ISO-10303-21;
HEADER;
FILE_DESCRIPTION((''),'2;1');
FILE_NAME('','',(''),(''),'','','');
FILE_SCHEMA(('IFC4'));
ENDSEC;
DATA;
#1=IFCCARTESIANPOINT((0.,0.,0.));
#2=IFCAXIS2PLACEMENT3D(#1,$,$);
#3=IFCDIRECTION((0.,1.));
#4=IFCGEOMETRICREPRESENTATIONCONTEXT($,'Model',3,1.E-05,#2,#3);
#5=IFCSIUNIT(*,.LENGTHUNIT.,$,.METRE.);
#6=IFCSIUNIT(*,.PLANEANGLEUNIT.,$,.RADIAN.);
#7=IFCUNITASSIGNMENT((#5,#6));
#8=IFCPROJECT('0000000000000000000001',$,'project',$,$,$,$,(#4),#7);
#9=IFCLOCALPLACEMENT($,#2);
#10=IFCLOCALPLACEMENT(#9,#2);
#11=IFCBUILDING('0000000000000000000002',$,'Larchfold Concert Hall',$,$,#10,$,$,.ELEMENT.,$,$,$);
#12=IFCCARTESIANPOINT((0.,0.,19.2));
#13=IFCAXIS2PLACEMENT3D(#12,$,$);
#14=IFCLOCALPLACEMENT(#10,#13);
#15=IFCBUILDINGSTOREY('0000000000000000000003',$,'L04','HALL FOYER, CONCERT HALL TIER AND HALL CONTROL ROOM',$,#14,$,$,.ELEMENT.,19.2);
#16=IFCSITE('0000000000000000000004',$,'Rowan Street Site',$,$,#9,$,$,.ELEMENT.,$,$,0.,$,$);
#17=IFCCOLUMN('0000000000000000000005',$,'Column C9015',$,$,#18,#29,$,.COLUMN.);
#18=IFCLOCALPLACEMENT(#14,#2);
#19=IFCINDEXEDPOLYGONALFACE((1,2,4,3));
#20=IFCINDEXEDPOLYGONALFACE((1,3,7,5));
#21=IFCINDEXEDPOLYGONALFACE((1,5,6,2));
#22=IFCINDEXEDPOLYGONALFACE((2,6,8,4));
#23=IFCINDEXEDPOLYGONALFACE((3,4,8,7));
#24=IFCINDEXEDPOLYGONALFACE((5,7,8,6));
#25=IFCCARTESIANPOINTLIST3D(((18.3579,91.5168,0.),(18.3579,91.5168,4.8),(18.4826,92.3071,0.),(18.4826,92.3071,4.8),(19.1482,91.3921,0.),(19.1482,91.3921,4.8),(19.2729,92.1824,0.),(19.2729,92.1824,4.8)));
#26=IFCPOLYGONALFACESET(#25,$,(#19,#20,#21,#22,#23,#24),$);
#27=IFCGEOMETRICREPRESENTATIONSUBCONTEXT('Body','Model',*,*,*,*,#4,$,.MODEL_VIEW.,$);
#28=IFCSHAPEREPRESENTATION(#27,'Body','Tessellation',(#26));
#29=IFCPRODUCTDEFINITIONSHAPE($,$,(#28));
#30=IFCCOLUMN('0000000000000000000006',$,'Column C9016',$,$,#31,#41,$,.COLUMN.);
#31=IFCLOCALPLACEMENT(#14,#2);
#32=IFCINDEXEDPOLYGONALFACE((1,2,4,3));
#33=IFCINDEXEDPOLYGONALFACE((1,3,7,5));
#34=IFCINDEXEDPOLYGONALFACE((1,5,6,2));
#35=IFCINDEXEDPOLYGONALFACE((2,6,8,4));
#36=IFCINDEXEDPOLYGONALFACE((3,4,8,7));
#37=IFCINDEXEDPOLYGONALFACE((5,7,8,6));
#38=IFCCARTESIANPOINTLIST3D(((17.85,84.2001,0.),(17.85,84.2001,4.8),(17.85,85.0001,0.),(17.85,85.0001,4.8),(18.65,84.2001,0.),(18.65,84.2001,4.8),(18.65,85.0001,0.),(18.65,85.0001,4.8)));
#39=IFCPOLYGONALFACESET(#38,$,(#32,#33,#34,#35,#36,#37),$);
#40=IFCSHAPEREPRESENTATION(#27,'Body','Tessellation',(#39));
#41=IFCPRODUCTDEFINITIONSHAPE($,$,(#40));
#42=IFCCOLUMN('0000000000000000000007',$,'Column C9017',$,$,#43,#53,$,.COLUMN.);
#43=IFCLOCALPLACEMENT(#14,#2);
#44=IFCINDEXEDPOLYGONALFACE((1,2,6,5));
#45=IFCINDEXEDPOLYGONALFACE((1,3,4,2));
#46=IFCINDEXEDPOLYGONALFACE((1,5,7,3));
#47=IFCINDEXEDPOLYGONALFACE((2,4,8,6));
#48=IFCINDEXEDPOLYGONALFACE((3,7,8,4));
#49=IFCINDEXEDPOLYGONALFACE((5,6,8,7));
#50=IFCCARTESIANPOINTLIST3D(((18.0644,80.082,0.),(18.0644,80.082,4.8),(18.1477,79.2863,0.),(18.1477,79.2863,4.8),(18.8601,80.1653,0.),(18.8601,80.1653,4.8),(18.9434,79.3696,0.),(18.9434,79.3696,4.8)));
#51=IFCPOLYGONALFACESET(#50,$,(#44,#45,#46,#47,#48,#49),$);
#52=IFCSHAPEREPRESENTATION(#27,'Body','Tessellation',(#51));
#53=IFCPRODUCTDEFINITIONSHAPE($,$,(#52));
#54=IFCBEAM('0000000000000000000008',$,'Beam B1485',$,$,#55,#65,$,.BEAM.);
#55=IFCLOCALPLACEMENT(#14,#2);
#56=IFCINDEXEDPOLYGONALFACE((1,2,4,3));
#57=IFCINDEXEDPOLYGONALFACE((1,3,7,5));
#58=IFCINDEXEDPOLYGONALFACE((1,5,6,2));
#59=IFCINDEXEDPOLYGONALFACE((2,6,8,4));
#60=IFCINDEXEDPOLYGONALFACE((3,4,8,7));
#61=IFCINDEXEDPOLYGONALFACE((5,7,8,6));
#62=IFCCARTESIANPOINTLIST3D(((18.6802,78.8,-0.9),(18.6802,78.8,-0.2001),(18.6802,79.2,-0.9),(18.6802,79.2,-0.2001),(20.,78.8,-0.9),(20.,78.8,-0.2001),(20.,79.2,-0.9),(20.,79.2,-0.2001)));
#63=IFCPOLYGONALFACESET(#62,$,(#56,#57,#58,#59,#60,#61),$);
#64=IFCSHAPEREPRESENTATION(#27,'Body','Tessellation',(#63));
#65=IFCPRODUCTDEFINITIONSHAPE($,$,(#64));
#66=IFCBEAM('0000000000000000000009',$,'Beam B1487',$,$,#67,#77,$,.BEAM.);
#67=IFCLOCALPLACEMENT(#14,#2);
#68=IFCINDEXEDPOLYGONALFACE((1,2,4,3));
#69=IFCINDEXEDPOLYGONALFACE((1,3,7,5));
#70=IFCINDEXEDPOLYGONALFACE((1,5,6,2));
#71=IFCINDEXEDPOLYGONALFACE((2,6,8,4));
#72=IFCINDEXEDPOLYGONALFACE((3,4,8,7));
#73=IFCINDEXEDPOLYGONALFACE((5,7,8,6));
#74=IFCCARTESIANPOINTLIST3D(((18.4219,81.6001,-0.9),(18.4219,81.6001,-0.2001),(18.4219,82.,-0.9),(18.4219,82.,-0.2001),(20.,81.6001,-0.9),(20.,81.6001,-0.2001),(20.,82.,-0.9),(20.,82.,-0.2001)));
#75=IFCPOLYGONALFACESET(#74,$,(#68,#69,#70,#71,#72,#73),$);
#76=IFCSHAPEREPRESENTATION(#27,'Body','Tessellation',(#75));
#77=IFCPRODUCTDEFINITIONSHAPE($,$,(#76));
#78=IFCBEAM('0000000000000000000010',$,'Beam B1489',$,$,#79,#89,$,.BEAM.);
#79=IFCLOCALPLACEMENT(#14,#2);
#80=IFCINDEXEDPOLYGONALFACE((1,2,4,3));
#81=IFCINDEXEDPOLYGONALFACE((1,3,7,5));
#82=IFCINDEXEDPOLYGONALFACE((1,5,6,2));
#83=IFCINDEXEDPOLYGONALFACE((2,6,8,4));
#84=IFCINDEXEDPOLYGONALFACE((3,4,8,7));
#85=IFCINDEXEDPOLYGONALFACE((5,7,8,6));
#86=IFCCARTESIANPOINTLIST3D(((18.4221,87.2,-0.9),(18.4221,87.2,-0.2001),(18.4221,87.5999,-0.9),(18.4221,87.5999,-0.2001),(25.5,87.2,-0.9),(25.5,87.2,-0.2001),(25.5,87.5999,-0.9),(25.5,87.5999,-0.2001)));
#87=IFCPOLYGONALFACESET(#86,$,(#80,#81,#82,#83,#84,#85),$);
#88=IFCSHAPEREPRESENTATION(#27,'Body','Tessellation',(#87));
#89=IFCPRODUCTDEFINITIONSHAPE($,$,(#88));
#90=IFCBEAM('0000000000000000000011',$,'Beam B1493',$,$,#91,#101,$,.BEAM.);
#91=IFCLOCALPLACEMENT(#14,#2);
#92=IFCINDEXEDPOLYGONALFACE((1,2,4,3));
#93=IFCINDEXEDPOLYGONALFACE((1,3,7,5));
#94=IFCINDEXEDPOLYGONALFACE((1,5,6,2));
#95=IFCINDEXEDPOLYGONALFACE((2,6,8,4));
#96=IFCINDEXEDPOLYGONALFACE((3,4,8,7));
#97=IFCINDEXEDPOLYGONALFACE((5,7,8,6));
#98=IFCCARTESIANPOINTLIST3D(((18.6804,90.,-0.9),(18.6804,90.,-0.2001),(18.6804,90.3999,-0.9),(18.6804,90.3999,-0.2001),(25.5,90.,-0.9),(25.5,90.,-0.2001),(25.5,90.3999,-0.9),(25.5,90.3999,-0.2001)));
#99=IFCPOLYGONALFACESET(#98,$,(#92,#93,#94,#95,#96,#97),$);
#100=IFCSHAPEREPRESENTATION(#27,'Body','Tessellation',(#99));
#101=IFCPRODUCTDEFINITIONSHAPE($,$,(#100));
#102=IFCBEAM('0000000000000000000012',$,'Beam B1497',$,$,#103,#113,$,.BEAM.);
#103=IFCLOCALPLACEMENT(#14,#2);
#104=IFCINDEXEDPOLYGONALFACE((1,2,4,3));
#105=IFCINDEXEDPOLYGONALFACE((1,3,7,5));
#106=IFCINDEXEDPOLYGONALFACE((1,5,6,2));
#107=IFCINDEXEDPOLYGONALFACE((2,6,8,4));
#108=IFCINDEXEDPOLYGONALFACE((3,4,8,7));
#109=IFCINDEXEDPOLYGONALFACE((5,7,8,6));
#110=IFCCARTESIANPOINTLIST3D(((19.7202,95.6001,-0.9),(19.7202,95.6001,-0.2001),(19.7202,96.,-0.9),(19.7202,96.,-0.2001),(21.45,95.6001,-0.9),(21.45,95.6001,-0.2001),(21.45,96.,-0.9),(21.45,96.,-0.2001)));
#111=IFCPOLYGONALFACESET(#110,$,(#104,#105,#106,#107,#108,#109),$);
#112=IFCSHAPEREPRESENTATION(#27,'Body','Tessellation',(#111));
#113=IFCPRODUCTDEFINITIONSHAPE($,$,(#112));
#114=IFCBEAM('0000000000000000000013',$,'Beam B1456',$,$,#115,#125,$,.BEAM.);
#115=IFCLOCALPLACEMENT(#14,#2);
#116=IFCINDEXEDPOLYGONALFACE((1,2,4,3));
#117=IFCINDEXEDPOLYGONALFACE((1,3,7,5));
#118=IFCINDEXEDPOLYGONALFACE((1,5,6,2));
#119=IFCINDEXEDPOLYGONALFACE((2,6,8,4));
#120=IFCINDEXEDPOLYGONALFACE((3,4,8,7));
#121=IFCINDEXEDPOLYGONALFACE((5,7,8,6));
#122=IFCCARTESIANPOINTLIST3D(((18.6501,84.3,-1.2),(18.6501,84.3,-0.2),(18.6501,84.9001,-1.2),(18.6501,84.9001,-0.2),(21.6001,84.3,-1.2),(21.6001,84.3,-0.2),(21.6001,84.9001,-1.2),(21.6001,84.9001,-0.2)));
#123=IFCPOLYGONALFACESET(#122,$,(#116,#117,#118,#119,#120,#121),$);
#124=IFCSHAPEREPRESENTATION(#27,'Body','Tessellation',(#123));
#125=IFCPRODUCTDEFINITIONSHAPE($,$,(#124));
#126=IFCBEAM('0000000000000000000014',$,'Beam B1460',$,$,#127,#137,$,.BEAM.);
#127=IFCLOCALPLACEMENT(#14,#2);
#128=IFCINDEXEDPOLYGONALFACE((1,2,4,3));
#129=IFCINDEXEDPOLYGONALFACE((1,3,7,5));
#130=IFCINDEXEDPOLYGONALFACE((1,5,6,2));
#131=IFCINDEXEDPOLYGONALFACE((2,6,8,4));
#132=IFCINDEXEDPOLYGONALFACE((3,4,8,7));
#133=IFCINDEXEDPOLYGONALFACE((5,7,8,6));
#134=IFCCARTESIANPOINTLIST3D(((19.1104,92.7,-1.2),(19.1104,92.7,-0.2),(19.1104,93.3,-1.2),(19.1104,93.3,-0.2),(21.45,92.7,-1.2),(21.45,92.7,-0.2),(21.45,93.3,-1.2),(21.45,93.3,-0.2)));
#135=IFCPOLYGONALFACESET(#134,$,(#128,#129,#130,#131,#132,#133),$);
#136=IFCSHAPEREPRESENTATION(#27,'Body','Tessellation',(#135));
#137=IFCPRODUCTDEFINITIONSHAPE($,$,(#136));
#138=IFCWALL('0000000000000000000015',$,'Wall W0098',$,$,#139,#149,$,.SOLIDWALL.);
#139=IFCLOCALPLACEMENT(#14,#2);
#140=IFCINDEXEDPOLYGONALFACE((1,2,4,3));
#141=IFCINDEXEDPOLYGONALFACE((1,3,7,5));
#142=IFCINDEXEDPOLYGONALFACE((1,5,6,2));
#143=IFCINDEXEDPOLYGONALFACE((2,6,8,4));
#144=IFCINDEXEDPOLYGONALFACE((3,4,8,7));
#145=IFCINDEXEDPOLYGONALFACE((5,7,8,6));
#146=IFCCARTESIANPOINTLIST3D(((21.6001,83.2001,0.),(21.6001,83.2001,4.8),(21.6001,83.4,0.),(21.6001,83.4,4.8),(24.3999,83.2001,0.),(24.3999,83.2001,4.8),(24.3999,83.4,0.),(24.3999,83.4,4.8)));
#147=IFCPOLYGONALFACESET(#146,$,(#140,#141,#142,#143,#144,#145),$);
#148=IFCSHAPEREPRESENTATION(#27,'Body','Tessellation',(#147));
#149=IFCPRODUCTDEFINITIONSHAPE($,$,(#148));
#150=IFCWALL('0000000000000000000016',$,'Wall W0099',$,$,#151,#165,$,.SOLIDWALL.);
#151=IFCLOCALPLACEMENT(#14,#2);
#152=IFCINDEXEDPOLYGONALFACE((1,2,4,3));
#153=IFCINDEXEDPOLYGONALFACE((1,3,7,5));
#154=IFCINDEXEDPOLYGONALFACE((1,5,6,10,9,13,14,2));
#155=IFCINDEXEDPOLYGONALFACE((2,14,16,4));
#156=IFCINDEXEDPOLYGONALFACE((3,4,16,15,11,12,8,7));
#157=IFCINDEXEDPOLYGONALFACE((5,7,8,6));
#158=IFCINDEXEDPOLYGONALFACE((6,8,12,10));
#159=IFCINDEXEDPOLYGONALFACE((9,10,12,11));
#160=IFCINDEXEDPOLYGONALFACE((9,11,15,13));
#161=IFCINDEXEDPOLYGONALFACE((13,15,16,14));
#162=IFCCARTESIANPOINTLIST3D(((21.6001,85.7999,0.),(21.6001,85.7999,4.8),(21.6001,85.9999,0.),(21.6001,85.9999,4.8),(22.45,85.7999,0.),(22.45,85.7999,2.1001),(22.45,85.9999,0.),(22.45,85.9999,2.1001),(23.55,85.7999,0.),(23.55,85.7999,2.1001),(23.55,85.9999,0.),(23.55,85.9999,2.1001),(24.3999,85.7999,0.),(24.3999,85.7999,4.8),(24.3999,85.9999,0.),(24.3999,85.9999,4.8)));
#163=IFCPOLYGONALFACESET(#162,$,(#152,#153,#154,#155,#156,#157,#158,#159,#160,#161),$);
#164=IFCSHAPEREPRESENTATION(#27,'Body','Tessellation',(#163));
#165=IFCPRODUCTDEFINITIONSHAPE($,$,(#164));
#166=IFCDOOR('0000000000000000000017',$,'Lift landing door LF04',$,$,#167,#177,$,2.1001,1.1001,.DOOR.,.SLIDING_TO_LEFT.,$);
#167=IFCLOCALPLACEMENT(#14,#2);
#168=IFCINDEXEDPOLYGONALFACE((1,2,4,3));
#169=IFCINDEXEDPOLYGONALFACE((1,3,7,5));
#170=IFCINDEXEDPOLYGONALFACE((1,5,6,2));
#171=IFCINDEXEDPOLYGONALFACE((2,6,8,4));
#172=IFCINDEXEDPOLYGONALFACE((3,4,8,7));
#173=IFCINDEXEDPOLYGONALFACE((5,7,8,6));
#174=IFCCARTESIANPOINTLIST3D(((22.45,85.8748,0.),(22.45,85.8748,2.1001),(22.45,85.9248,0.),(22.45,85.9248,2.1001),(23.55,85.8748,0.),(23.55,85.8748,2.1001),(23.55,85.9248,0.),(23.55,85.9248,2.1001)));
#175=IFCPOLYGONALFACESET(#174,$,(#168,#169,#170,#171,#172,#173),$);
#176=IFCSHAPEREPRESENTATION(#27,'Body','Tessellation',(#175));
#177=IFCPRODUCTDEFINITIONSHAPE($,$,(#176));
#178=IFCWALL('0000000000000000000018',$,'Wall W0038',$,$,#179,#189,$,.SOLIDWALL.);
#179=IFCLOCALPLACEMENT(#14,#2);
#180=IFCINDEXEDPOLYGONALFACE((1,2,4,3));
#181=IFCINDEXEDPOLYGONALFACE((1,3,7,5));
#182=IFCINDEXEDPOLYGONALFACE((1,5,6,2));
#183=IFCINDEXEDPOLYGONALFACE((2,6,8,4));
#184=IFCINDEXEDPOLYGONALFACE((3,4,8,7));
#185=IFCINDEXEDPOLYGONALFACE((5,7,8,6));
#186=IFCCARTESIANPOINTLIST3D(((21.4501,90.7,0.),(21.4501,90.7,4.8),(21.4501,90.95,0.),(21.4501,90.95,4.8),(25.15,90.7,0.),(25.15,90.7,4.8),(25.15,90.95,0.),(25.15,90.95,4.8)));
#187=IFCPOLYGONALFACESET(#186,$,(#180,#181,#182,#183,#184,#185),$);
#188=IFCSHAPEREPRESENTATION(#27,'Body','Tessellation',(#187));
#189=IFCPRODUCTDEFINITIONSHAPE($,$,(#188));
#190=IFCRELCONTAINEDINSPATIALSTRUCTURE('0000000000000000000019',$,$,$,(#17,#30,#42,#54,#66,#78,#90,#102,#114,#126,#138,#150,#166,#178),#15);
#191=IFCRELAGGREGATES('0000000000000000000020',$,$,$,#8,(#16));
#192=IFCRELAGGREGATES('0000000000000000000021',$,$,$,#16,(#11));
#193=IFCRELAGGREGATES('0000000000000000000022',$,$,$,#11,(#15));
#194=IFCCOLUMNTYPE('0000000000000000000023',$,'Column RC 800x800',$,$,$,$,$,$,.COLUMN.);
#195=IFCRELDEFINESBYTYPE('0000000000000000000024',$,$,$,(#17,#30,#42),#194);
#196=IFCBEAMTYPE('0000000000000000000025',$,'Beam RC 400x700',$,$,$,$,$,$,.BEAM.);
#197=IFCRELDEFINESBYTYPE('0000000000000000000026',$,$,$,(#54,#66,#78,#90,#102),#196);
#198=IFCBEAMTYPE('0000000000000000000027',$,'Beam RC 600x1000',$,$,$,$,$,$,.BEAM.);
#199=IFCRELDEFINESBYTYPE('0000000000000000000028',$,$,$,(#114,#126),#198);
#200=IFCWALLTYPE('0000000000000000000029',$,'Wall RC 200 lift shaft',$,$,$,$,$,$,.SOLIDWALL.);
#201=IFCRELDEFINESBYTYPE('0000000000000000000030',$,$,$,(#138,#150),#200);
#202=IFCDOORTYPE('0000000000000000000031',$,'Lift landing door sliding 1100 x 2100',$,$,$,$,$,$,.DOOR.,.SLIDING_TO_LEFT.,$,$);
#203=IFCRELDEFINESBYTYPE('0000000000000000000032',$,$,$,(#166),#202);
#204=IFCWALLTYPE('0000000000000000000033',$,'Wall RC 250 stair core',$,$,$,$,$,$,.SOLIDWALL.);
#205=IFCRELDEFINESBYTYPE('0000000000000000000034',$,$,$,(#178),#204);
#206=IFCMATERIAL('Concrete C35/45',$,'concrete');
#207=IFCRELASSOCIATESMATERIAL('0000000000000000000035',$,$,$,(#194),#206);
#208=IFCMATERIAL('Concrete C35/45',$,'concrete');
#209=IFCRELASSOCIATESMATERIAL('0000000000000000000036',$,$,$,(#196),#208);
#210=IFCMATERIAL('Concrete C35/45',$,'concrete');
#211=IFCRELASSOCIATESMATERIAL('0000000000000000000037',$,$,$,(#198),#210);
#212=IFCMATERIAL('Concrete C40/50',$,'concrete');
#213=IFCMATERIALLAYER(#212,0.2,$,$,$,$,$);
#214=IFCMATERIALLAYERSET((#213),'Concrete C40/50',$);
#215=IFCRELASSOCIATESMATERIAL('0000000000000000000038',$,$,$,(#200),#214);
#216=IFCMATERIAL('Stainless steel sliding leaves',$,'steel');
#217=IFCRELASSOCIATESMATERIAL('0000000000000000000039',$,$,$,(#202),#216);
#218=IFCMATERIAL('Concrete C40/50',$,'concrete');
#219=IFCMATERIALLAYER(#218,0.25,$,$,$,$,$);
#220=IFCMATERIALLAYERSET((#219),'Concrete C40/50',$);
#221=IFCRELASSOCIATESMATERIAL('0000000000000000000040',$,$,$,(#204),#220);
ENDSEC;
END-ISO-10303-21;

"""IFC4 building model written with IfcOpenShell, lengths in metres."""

from ifc_helpers import new_model, si_unit, direction, frame, frame_2d, origin, origin_2d, place, context, subcontext, project, spatial, rectangle, extrude, material, layer, layer_set, material_profile, profile_set, type_object, element, fill, save


model = new_model("IFC4")

# Units and contexts
model_context = context("Model", 3, precision=1e-05, world=origin(), true_north=direction((0.0, 1.0)))
body_context = subcontext(model_context, "Body", "Model", "MODEL_VIEW")
ifc_project = project(units=[si_unit("LENGTHUNIT", "METRE"), si_unit("PLANEANGLEUNIT", "RADIAN")], contexts=[model_context])

# Site, building, storey
site_placement = place(None, origin())
site = spatial("IfcSite", under=ifc_project, at=site_placement, Name="Rowan Street Site", CompositionType="ELEMENT", RefElevation=0.0)
building_placement = place(site_placement, origin())
building = spatial("IfcBuilding", under=site, at=building_placement, Name="Larchfold Concert Hall", CompositionType="ELEMENT")
storey_placement = place(building_placement, frame((0.0, 0.0, 19.2)))
storey = spatial("IfcBuildingStorey", under=building, at=storey_placement, Name="L04", Description="HALL FOYER, CONCERT HALL TIER AND HALL CONTROL ROOM", CompositionType="ELEMENT", Elevation=19.2)

# Columns
ifc_material_1 = material(Name="Concrete C35/45", Category="concrete")
ifc_material_profile_1 = material_profile(ifc_material_1, rectangle(XDim=0.8, YDim=0.8, at=origin_2d()))
ifc_profile_set_1 = profile_set([ifc_material_profile_1], Name="Concrete C35/45")
column_type = type_object("IfcColumnType", Name="Column RC 800x800", PredefinedType="COLUMN", material=ifc_profile_set_1)
for number, where, z_axis, x_axis, name in (
    (1, (18.8154, 91.8496, 0.0), (0.0, 0.0, 1.0), (0.155868, 0.987778, 0.0), "Column C9015"),
    (2, (18.25, 84.6001, 0.0), (0.0, 0.0, 1.0), (0.000002, 1.0, 0.0), "Column C9016"),
    (3, (18.5039, 79.7258, 0.0), (0.0, 0.0, 1.0), (0.994561, 0.104152, 0.0), "Column C9017"),
):
    element("IfcColumn", number, at=place(storey_placement, frame(where, z_axis=z_axis, x_axis=x_axis)), inside=storey, type_object=column_type, Name=name, PredefinedType="COLUMN", context=body_context, shape_type="SweptSolid", body=[
        extrude(rectangle(XDim=0.8, YDim=0.8, at=origin_2d()), origin(), (0.0, 0.0, 1.0), 4.8),
    ])

# Beams
ifc_material_2 = material(Name="Concrete C35/45", Category="concrete")
ifc_material_profile_2 = material_profile(ifc_material_2, rectangle(XDim=0.3999, YDim=0.7, at=origin_2d()))
ifc_profile_set_2 = profile_set([ifc_material_profile_2], Name="Concrete C35/45")
beam_type_1 = type_object("IfcBeamType", Name="Beam RC 400x700", PredefinedType="BEAM", material=ifc_profile_set_2)
beam_1_placement = place(storey_placement, frame((18.6802, 79.0, -0.55), z_axis=(1.0, 0.0, 0.0), x_axis=(0.0, 1.0, 0.0)))
element("IfcBeam", 4, at=beam_1_placement, inside=storey, type_object=beam_type_1, Name="Beam B1485", PredefinedType="BEAM", context=body_context, shape_type="SweptSolid", body=[
    extrude(rectangle(XDim=0.3999, YDim=0.7, at=origin_2d()), origin(), (0.0, 0.0, 1.0), 1.3198),
])
beam_2_placement = place(storey_placement, frame((18.4219, 81.8, -0.55), z_axis=(1.0, 0.0, 0.0), x_axis=(0.0, 1.0, 0.0)))
element("IfcBeam", 5, at=beam_2_placement, inside=storey, type_object=beam_type_1, Name="Beam B1487", PredefinedType="BEAM", context=body_context, shape_type="SweptSolid", body=[
    extrude(rectangle(XDim=0.3999, YDim=0.7, at=origin_2d()), origin(), (0.0, 0.0, 1.0), 1.5781),
])
beam_3_placement = place(storey_placement, frame((18.4221, 87.3999, -0.55), z_axis=(1.0, 0.0, 0.0), x_axis=(0.0, 1.0, 0.0)))
element("IfcBeam", 6, at=beam_3_placement, inside=storey, type_object=beam_type_1, Name="Beam B1489", PredefinedType="BEAM", context=body_context, shape_type="SweptSolid", body=[
    extrude(rectangle(XDim=0.3999, YDim=0.7, at=origin_2d()), origin(), (0.0, 0.0, 1.0), 7.0779),
])
beam_4_placement = place(storey_placement, frame((18.6804, 90.2, -0.55), z_axis=(1.0, 0.0, 0.0), x_axis=(0.0, 1.0, 0.0)))
element("IfcBeam", 7, at=beam_4_placement, inside=storey, type_object=beam_type_1, Name="Beam B1493", PredefinedType="BEAM", context=body_context, shape_type="SweptSolid", body=[
    extrude(rectangle(XDim=0.3999, YDim=0.7, at=origin_2d()), origin(), (0.0, 0.0, 1.0), 6.8196),
])
beam_5_placement = place(storey_placement, frame((19.7202, 95.8, -0.55), z_axis=(1.0, 0.0, 0.0), x_axis=(0.0, 1.0, 0.0)))
element("IfcBeam", 8, at=beam_5_placement, inside=storey, type_object=beam_type_1, Name="Beam B1497", PredefinedType="BEAM", context=body_context, shape_type="SweptSolid", body=[
    extrude(rectangle(XDim=0.3999, YDim=0.7, at=origin_2d()), origin(), (0.0, 0.0, 1.0), 1.7297),
])
ifc_material_3 = material(Name="Concrete C35/45", Category="concrete")
ifc_material_profile_3 = material_profile(ifc_material_3, rectangle(XDim=0.6001, YDim=1.0, at=origin_2d()))
ifc_profile_set_3 = profile_set([ifc_material_profile_3], Name="Concrete C35/45")
beam_type_2 = type_object("IfcBeamType", Name="Beam RC 600x1000", PredefinedType="BEAM", material=ifc_profile_set_3)
beam_6_placement = place(storey_placement, frame((18.6501, 84.6001, -0.7), z_axis=(1.0, 0.0, 0.0), x_axis=(0.0, 1.0, 0.0)))
element("IfcBeam", 9, at=beam_6_placement, inside=storey, type_object=beam_type_2, Name="Beam B1456", PredefinedType="BEAM", context=body_context, shape_type="SweptSolid", body=[
    extrude(rectangle(XDim=0.6001, YDim=1.0, at=origin_2d()), origin(), (0.0, 0.0, 1.0), 2.95),
])
beam_7_placement = place(storey_placement, frame((19.1104, 93.0, -0.7), z_axis=(1.0, 0.0, 0.0), x_axis=(0.0, 1.0, 0.0)))
element("IfcBeam", 10, at=beam_7_placement, inside=storey, type_object=beam_type_2, Name="Beam B1460", PredefinedType="BEAM", context=body_context, shape_type="SweptSolid", body=[
    extrude(rectangle(XDim=0.6001, YDim=1.0, at=origin_2d()), origin(), (0.0, 0.0, 1.0), 2.3396),
])

# Wall
ifc_material_4 = material(Name="Concrete C40/50", Category="concrete")
ifc_layer_1 = layer(ifc_material_4, 0.2)
ifc_layer_set_1 = layer_set([ifc_layer_1], Name="Concrete C40/50")
wall_type_1 = type_object("IfcWallType", Name="Wall RC 200 lift shaft", PredefinedType="SOLIDWALL", material=ifc_layer_set_1)
wall_1_placement = place(storey_placement, frame((21.6001, 83.3, 0.0), z_axis=(0.0, 0.0, 1.0), x_axis=(1.0, 0.0, 0.0)))
element("IfcWall", 11, at=wall_1_placement, inside=storey, type_object=wall_type_1, Name="Wall W0098", PredefinedType="SOLIDWALL", context=body_context, shape_type="SweptSolid", body=[
    extrude(rectangle(XDim=2.7998, YDim=0.2, at=frame_2d((1.3999, 0.0))), origin(), (0.0, 0.0, 1.0), 4.8),
])

# Wall, opening, door
wall_2_placement = place(storey_placement, frame((21.6001, 85.8999, 0.0), z_axis=(0.0, 0.0, 1.0), x_axis=(1.0, 0.0, 0.0)))
wall_2 = element("IfcWall", 12, at=wall_2_placement, inside=storey, type_object=wall_type_1, Name="Wall W0099", PredefinedType="SOLIDWALL", context=body_context, shape_type="SweptSolid", body=[
    extrude(rectangle(XDim=2.7998, YDim=0.2, at=frame_2d((1.3999, 0.0))), origin(), (0.0, 0.0, 1.0), 4.8),
])
opening_1_placement = place(wall_2_placement, frame((0.8499, 0.0, 0.0)))
opening_1 = element("IfcOpeningElement", 13, at=opening_1_placement, cuts=wall_2, PredefinedType="OPENING", context=body_context, shape_type="SweptSolid", body=[
    extrude(rectangle(XDim=1.1001, YDim=2.1001, at=frame_2d((0.55, 1.05))), frame((0.0, 0.1099, 0.0), z_axis=(0.0, -1.0, 0.0), x_axis=(1.0, 0.0, 0.0)), (0.0, 0.0, 1.0), 0.22),
])
ifc_material_5 = material(Name="Stainless steel sliding leaves", Category="steel")
door_type_1 = type_object("IfcDoorType", Name="Lift landing door sliding 1100 x 2100", OperationType="SLIDING_TO_LEFT", PredefinedType="DOOR", material=ifc_material_5)
door_1_placement = place(opening_1_placement, origin())
door_1 = element("IfcDoor", 14, at=door_1_placement, inside=storey, type_object=door_type_1, Name="Lift landing door LF04", OperationType="SLIDING_TO_LEFT", OverallHeight=2.1001, OverallWidth=1.1001, PredefinedType="DOOR", context=body_context, shape_type="SweptSolid", body=[
    extrude(rectangle(XDim=1.1001, YDim=2.1001, at=frame_2d((0.55, 1.05))), frame((0.0, 0.0249, 0.0), z_axis=(0.0, -1.0, 0.0), x_axis=(1.0, 0.0, 0.0)), (0.0, 0.0, 1.0), 0.05),
])
fill(opening_1, door_1)

# Wall
ifc_material_6 = material(Name="Concrete C40/50", Category="concrete")
ifc_layer_2 = layer(ifc_material_6, 0.25)
ifc_layer_set_2 = layer_set([ifc_layer_2], Name="Concrete C40/50")
wall_type_2 = type_object("IfcWallType", Name="Wall RC 250 stair core", PredefinedType="SOLIDWALL", material=ifc_layer_set_2)
wall_3_placement = place(storey_placement, frame((21.45, 90.825, 0.0), z_axis=(0.0, 0.0, 1.0), x_axis=(1.0, 0.0, 0.0)))
element("IfcWall", 15, at=wall_3_placement, inside=storey, type_object=wall_type_2, Name="Wall W0038", PredefinedType="SOLIDWALL", context=body_context, shape_type="SweptSolid", body=[
    extrude(rectangle(XDim=3.7, YDim=0.25, at=frame_2d((1.8501, 0.0))), origin(), (0.0, 0.0, 1.0), 4.8),
])

save(model, "model.ifc")
